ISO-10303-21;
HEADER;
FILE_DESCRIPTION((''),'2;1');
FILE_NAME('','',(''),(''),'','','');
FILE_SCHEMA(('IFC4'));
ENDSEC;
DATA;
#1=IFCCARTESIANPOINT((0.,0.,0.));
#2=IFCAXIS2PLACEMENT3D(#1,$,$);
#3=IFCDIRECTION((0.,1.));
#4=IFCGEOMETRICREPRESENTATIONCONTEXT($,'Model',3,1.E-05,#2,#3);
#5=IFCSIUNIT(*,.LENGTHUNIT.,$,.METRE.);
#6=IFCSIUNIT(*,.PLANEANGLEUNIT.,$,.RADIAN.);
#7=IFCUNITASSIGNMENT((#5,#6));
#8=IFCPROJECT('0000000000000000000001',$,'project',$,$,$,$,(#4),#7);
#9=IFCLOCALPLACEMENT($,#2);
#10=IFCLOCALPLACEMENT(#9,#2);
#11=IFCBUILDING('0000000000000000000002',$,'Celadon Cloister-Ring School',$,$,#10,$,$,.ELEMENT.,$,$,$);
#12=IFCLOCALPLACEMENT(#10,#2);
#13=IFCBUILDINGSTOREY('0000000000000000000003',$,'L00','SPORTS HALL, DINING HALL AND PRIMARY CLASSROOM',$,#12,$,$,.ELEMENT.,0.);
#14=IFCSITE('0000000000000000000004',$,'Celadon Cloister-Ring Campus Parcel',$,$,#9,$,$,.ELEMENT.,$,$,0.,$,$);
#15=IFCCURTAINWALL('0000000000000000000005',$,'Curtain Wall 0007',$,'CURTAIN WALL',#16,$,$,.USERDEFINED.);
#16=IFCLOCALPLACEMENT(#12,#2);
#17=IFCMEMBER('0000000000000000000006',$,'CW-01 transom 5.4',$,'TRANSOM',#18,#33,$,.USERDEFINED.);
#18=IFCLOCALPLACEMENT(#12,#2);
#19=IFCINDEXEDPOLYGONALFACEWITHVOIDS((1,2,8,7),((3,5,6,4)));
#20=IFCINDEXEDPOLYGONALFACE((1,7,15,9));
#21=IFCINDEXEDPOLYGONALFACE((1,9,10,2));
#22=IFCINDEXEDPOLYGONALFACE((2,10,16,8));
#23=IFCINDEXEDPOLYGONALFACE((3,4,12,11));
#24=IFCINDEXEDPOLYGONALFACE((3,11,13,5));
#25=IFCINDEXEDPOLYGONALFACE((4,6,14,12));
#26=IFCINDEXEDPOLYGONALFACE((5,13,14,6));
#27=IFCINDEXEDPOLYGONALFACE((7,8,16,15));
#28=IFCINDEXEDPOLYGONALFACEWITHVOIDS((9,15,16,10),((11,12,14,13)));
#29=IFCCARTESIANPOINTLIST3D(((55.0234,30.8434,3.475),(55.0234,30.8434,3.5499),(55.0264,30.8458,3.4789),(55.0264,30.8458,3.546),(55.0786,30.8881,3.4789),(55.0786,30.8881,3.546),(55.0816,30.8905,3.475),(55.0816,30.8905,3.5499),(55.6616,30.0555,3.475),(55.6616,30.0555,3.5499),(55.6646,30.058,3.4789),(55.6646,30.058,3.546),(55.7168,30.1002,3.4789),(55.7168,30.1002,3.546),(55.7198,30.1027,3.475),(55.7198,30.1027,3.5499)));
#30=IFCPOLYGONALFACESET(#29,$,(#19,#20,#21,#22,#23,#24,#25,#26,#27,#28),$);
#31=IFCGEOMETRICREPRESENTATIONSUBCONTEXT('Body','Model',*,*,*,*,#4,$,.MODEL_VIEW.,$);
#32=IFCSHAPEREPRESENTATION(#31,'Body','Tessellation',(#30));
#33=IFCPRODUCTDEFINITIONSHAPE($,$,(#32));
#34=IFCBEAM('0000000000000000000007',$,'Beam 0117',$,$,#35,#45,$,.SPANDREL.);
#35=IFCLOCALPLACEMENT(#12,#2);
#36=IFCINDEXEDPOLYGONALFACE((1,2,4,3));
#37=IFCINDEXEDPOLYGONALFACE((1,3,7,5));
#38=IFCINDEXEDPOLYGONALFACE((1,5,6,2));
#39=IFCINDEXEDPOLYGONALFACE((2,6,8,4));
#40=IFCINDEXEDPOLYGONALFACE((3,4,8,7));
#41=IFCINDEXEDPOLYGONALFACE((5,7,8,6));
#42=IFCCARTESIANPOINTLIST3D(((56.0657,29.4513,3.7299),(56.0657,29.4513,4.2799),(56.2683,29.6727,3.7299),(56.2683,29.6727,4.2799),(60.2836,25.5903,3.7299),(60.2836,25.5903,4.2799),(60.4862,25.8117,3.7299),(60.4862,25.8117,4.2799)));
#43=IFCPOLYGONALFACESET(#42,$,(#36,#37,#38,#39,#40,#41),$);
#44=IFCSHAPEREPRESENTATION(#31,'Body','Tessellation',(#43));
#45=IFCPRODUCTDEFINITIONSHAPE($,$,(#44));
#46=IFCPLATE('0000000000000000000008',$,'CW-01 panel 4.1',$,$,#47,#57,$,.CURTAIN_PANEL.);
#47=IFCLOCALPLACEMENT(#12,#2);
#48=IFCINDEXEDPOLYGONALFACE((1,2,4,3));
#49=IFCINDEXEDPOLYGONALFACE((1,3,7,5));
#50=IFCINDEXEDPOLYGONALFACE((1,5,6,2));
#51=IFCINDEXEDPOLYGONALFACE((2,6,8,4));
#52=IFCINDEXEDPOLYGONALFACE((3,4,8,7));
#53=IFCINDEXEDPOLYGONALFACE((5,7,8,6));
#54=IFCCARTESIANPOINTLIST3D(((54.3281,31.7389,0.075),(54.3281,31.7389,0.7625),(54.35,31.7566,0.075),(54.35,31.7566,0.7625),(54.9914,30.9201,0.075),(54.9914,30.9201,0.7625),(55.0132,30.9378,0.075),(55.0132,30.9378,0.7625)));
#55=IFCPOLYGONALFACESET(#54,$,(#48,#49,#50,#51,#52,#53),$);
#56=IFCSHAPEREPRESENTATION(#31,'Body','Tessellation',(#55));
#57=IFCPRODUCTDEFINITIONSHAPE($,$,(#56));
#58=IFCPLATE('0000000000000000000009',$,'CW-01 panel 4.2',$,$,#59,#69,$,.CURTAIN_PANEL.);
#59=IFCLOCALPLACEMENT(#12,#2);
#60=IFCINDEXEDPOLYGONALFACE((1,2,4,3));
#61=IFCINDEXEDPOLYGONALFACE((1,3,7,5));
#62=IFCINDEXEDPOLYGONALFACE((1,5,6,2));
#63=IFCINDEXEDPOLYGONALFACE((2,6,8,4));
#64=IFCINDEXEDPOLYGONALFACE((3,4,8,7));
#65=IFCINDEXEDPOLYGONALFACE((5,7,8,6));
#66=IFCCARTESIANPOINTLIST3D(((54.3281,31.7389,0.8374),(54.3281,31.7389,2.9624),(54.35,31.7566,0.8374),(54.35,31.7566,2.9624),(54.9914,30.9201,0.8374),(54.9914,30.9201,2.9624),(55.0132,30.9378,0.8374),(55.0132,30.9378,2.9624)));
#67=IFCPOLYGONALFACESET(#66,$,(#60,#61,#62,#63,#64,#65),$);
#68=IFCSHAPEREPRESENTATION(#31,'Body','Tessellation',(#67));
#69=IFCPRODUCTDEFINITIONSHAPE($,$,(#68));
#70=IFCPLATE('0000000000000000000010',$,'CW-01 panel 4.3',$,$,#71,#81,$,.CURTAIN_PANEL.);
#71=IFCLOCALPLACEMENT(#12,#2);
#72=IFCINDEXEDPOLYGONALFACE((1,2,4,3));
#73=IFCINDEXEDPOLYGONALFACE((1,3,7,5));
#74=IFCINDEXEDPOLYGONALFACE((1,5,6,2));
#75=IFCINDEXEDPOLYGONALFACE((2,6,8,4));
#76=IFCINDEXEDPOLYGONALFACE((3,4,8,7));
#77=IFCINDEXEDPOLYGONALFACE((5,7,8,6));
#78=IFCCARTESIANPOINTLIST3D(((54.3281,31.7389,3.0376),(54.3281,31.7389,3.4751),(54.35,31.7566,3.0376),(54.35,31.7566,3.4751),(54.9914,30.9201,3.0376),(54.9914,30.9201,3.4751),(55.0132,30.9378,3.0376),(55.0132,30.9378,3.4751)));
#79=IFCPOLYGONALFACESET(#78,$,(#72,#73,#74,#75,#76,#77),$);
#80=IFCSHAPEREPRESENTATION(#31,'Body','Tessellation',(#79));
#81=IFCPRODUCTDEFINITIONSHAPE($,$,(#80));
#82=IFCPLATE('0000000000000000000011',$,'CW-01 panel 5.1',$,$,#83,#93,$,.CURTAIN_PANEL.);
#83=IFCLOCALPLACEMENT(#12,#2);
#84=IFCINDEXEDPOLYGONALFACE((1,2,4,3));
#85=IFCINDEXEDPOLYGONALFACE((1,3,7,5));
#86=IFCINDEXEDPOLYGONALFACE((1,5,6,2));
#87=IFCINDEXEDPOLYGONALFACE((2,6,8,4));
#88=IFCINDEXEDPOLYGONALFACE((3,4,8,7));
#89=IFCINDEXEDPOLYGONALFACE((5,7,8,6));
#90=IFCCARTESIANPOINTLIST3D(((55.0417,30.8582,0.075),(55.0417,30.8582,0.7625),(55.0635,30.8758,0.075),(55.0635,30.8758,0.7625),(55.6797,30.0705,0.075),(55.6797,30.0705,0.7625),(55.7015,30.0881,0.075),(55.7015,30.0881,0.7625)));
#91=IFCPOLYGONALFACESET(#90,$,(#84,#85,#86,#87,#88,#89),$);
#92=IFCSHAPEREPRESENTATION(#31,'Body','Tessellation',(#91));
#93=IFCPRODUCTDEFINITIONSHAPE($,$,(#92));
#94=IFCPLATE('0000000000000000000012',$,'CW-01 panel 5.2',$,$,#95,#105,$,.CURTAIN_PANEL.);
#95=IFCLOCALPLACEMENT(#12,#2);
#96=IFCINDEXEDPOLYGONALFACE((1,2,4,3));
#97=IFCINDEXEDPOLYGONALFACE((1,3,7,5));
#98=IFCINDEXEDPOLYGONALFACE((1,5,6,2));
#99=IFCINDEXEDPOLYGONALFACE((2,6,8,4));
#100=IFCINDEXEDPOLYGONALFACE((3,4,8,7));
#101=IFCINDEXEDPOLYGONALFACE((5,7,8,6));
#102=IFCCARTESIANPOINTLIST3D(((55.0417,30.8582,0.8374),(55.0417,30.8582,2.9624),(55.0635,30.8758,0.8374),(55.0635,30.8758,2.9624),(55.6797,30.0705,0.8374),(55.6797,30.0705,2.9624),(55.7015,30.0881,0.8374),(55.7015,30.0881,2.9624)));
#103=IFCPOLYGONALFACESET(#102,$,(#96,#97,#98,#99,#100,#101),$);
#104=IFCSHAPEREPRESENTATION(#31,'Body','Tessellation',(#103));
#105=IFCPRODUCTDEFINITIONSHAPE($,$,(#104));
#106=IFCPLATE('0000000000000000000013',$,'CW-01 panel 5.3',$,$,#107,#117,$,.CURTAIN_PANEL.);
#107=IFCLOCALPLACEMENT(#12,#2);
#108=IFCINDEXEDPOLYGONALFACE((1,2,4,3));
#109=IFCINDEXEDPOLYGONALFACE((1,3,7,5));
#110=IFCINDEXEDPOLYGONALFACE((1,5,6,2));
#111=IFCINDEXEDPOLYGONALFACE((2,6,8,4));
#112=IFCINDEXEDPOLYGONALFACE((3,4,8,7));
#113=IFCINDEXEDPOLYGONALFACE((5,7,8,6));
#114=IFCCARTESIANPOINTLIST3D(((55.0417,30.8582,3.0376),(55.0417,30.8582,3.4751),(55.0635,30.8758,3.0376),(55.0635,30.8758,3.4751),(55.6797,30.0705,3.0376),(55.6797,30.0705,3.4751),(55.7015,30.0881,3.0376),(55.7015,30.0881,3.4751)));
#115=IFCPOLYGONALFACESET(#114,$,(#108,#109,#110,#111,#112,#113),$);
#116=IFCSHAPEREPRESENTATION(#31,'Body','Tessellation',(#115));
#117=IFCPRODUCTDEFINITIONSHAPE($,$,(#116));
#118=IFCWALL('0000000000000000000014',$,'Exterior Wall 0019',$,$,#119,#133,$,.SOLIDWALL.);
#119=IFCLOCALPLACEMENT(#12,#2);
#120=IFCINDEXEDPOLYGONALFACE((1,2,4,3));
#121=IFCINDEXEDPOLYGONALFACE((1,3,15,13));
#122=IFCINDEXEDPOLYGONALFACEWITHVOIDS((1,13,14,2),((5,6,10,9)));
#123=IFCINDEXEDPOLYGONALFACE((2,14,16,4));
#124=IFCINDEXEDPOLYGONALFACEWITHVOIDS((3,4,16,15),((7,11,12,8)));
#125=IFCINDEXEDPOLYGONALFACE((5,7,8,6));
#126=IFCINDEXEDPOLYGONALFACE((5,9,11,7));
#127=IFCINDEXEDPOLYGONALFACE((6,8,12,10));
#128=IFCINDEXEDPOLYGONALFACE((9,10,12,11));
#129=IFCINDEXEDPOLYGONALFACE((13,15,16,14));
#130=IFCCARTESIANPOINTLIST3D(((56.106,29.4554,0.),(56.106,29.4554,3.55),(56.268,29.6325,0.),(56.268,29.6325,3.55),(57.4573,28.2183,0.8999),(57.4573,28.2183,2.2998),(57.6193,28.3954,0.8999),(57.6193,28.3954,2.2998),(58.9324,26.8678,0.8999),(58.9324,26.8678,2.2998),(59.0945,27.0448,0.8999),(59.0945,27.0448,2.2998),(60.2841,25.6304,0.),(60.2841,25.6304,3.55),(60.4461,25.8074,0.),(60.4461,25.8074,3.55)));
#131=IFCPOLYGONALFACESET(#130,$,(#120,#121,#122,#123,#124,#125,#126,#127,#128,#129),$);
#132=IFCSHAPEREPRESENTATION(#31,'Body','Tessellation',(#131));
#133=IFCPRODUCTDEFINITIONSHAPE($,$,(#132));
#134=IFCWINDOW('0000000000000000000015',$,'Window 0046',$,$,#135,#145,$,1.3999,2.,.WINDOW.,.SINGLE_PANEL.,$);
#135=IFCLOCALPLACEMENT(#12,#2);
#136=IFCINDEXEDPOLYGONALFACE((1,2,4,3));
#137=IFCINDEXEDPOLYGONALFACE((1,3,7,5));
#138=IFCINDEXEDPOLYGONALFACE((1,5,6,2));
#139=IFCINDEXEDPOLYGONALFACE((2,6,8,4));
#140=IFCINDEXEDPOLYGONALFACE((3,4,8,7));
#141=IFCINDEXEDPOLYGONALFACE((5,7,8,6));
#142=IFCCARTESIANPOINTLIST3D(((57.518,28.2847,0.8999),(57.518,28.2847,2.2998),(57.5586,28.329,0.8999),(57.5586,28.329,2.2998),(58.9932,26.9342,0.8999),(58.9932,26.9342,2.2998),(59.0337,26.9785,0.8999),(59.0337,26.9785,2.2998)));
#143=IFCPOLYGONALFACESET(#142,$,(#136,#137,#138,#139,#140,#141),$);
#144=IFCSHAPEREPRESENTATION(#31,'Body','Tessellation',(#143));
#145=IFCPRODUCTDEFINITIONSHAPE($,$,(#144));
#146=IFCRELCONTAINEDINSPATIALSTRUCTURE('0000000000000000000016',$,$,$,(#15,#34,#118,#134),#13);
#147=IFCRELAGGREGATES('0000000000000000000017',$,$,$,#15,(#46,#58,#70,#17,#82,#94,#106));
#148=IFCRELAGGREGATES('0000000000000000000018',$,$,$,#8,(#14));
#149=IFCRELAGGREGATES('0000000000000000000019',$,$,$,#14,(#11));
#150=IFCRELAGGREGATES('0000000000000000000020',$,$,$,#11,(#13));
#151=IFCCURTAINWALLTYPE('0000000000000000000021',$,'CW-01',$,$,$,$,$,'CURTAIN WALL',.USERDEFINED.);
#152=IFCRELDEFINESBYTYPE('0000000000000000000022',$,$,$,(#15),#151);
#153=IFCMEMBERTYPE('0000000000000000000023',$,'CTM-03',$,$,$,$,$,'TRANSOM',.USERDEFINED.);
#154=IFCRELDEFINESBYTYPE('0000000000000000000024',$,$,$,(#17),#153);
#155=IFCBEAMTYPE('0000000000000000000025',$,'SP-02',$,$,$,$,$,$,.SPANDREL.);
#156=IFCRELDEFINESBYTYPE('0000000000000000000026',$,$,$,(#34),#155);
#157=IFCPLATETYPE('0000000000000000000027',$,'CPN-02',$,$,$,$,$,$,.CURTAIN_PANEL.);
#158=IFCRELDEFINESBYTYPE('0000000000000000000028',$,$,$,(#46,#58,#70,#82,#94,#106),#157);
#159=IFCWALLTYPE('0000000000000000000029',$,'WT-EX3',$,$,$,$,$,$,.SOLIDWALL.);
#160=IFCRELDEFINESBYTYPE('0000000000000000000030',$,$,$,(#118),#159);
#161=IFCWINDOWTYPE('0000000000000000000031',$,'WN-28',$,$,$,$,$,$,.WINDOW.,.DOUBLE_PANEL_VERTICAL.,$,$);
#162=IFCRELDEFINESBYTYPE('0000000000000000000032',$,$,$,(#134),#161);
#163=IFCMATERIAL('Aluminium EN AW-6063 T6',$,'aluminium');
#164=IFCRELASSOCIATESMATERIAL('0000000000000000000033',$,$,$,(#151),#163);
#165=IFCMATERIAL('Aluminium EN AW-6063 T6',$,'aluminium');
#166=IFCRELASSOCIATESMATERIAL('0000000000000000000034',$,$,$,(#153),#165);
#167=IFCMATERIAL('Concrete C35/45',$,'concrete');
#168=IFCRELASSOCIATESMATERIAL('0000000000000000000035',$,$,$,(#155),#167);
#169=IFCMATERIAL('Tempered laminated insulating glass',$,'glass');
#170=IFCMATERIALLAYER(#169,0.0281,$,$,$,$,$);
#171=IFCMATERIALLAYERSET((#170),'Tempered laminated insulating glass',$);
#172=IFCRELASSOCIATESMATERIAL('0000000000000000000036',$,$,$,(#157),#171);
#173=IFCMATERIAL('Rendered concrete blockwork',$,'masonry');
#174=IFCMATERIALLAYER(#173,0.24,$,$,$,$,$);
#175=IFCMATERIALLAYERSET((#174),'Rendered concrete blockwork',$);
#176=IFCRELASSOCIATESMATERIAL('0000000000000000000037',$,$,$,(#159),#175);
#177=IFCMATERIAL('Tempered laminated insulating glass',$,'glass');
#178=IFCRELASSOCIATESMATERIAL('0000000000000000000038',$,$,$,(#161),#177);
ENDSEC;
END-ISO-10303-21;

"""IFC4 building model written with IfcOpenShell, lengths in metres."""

from ifc_helpers import new_model, si_unit, direction, frame, frame_2d, origin, origin_2d, place, context, subcontext, project, spatial, rectangle, hollow_rectangle, extrude, material, layer, layer_set, material_profile, profile_set, type_object, element, fill, aggregate, save


model = new_model("IFC4")

# Units and contexts
model_context = context("Model", 3, precision=1e-05, world=origin(), true_north=direction((0.0, 1.0)))
body_context = subcontext(model_context, "Body", "Model", "MODEL_VIEW")
ifc_project = project(units=[si_unit("LENGTHUNIT", "METRE"), si_unit("PLANEANGLEUNIT", "RADIAN")], contexts=[model_context])

# Site, building, storey
site_placement = place(None, origin())
site = spatial("IfcSite", under=ifc_project, at=site_placement, Name="Celadon Cloister-Ring Campus Parcel", CompositionType="ELEMENT", RefElevation=0.0)
building_placement = place(site_placement, origin())
building = spatial("IfcBuilding", under=site, at=building_placement, Name="Celadon Cloister-Ring School", CompositionType="ELEMENT")
storey_placement = place(building_placement, origin())
storey = spatial("IfcBuildingStorey", under=building, at=storey_placement, Name="L00", Description="SPORTS HALL, DINING HALL AND PRIMARY CLASSROOM", CompositionType="ELEMENT", Elevation=0.0)

# Curtain wall, member
ifc_material_1 = material(Name="Aluminium EN AW-6063 T6", Category="aluminium")
curtain_wall_type = type_object("IfcCurtainWallType", Name="CW-01", ElementType="CURTAIN WALL", PredefinedType="USERDEFINED", material=ifc_material_1)
curtain_wall_placement = place(storey_placement, origin())
curtain_wall = element("IfcCurtainWall", 1, at=curtain_wall_placement, inside=storey, type_object=curtain_wall_type, Name="Curtain Wall 0007", ObjectType="CURTAIN WALL", PredefinedType="USERDEFINED")
ifc_material_2 = material(Name="Aluminium EN AW-6063 T6", Category="aluminium")
ifc_material_profile_1 = material_profile(ifc_material_2, hollow_rectangle(XDim=0.075, YDim=0.075, WallThickness=0.0039, at=origin_2d()), Name="RHS75X75X4")
ifc_profile_set_1 = profile_set([ifc_material_profile_1], Name="Aluminium EN AW-6063 T6")
member_type_1 = type_object("IfcMemberType", Name="CTM-03", ElementType="TRANSOM", PredefinedType="USERDEFINED", material=ifc_profile_set_1)
member_1_placement = place(storey_placement, frame((55.0525, 30.8669, 3.5125), z_axis=(0.629441, -0.777049, 0.0), x_axis=(0.777049, 0.629441, 0.0)))
member_1 = element("IfcMember", 2, at=member_1_placement, type_object=member_type_1, Name="CW-01 transom 5.4", ObjectType="TRANSOM", PredefinedType="USERDEFINED", context=body_context, shape_type="SweptSolid", body=[
    extrude(hollow_rectangle(XDim=0.075, YDim=0.075, WallThickness=0.0039, at=origin_2d()), origin(), (0.0, 0.0, 1.0), 1.0139),
])

# Beam
ifc_material_3 = material(Name="Concrete C35/45", Category="concrete")
ifc_material_profile_2 = material_profile(ifc_material_3, rectangle(XDim=0.3, YDim=0.55, at=origin_2d()), Name="RC300X550")
ifc_profile_set_2 = profile_set([ifc_material_profile_2], Name="Concrete C35/45")
beam_type = type_object("IfcBeamType", Name="SP-02", PredefinedType="SPANDREL", material=ifc_profile_set_2)
beam_placement = place(storey_placement, frame((56.167, 29.562, 4.0049), z_axis=(0.737627, -0.675208, 0.0), x_axis=(0.675208, 0.737627, 0.0)))
element("IfcBeam", 3, at=beam_placement, inside=storey, type_object=beam_type, Name="Beam 0117", PredefinedType="SPANDREL", context=body_context, shape_type="SweptSolid", body=[
    extrude(rectangle(XDim=0.3, YDim=0.55, at=origin_2d()), origin(), (0.0, 0.0, 1.0), 5.7183),
])

# Plates
ifc_material_4 = material(Name="Tempered laminated insulating glass", Category="glass")
ifc_layer_1 = layer(ifc_material_4, 0.0281)
ifc_layer_set_1 = layer_set([ifc_layer_1], Name="Tempered laminated insulating glass")
plate_type = type_object("IfcPlateType", Name="CPN-02", PredefinedType="CURTAIN_PANEL", material=ifc_layer_set_1)
plate_1_placement = place(storey_placement, frame((54.6707, 31.3384, 0.075), z_axis=(0.0, 0.0, 1.0), x_axis=(0.629416, -0.777068, 0.0)))
plate_1 = element("IfcPlate", 4, at=plate_1_placement, type_object=plate_type, Name="CW-01 panel 4.1", PredefinedType="CURTAIN_PANEL", context=body_context, shape_type="SweptSolid", body=[
    extrude(rectangle(XDim=1.0537, YDim=0.0281, at=origin_2d()), origin(), (0.0, 0.0, 1.0), 0.6875),
])
plate_2_placement = place(storey_placement, frame((54.6707, 31.3384, 0.8374), z_axis=(0.0, 0.0, 1.0), x_axis=(0.629416, -0.777068, 0.0)))
plate_2 = element("IfcPlate", 5, at=plate_2_placement, type_object=plate_type, Name="CW-01 panel 4.2", PredefinedType="CURTAIN_PANEL", context=body_context, shape_type="SweptSolid", body=[
    extrude(rectangle(XDim=1.0537, YDim=0.0281, at=origin_2d()), origin(), (0.0, 0.0, 1.0), 2.125),
])
plate_3_placement = place(storey_placement, frame((54.6707, 31.3384, 3.0376), z_axis=(0.0, 0.0, 1.0), x_axis=(0.629416, -0.777068, 0.0)))
plate_3 = element("IfcPlate", 6, at=plate_3_placement, type_object=plate_type, Name="CW-01 panel 4.3", PredefinedType="CURTAIN_PANEL", context=body_context, shape_type="SweptSolid", body=[
    extrude(rectangle(XDim=1.0537, YDim=0.0281, at=origin_2d()), origin(), (0.0, 0.0, 1.0), 0.4375),
])
plate_4_placement = place(storey_placement, frame((55.3716, 30.4731, 0.075), z_axis=(0.0, 0.0, 1.0), x_axis=(0.629416, -0.777068, 0.0)))
plate_4 = element("IfcPlate", 7, at=plate_4_placement, type_object=plate_type, Name="CW-01 panel 5.1", PredefinedType="CURTAIN_PANEL", context=body_context, shape_type="SweptSolid", body=[
    extrude(rectangle(XDim=1.0137, YDim=0.0281, at=origin_2d()), origin(), (0.0, 0.0, 1.0), 0.6875),
])
plate_5_placement = place(storey_placement, frame((55.3716, 30.4731, 0.8374), z_axis=(0.0, 0.0, 1.0), x_axis=(0.629416, -0.777068, 0.0)))
plate_5 = element("IfcPlate", 8, at=plate_5_placement, type_object=plate_type, Name="CW-01 panel 5.2", PredefinedType="CURTAIN_PANEL", context=body_context, shape_type="SweptSolid", body=[
    extrude(rectangle(XDim=1.0137, YDim=0.0281, at=origin_2d()), origin(), (0.0, 0.0, 1.0), 2.125),
])
plate_6_placement = place(storey_placement, frame((55.3716, 30.4731, 3.0376), z_axis=(0.0, 0.0, 1.0), x_axis=(0.629416, -0.777068, 0.0)))
plate_6 = element("IfcPlate", 9, at=plate_6_placement, type_object=plate_type, Name="CW-01 panel 5.3", PredefinedType="CURTAIN_PANEL", context=body_context, shape_type="SweptSolid", body=[
    extrude(rectangle(XDim=1.0137, YDim=0.0281, at=origin_2d()), origin(), (0.0, 0.0, 1.0), 0.4375),
])
aggregate(curtain_wall, [plate_1, plate_2, plate_3, member_1, plate_4, plate_5, plate_6])

# Wall, opening, window
ifc_material_5 = material(Name="Rendered concrete blockwork", Category="masonry")
ifc_layer_2 = layer(ifc_material_5, 0.24)
ifc_layer_set_2 = layer_set([ifc_layer_2], Name="Rendered concrete blockwork")
wall_type = type_object("IfcWallType", Name="WT-EX3", PredefinedType="SOLIDWALL", material=ifc_layer_set_2)
wall_placement = place(storey_placement, frame((56.187, 29.5439, 0.0), z_axis=(0.0, 0.0, 1.0), x_axis=(0.737582, -0.675258, 0.0)))
wall = element("IfcWall", 10, at=wall_placement, inside=storey, type_object=wall_type, Name="Exterior Wall 0019", PredefinedType="SOLIDWALL", context=body_context, shape_type="SweptSolid", body=[
    extrude(rectangle(XDim=5.6646, YDim=0.24, at=frame_2d((2.8323, 0.0))), origin(), (0.0, 0.0, 1.0), 3.55),
])
opening_placement = place(wall_placement, frame((1.832, 0.0, 0.8999)))
opening = element("IfcOpeningElement", 11, at=opening_placement, cuts=wall, PredefinedType="OPENING", context=body_context, shape_type="SweptSolid", body=[
    extrude(rectangle(XDim=2.0, YDim=1.3999, at=frame_2d((1.0, 0.7))), frame((0.0, 0.1299, 0.0), z_axis=(0.0, -1.0, 0.0), x_axis=(1.0, 0.0, 0.0)), (0.0, 0.0, 1.0), 0.26),
])
ifc_material_6 = material(Name="Tempered laminated insulating glass", Category="glass")
window_type = type_object("IfcWindowType", Name="WN-28", PartitioningType="DOUBLE_PANEL_VERTICAL", PredefinedType="WINDOW", material=ifc_material_6)
window_placement = place(opening_placement, origin())
window = element("IfcWindow", 12, at=window_placement, inside=storey, type_object=window_type, Name="Window 0046", OverallHeight=1.3999, OverallWidth=2.0, PartitioningType="SINGLE_PANEL", PredefinedType="WINDOW", context=body_context, shape_type="SweptSolid", body=[
    extrude(rectangle(XDim=2.0, YDim=1.3999, at=frame_2d((1.0, 0.7))), frame((0.0, 0.03, 0.0), z_axis=(0.0, -1.0, 0.0), x_axis=(1.0, 0.0, 0.0)), (0.0, 0.0, 1.0), 0.0601),
])
fill(opening, window)

save(model, "model.ifc")
